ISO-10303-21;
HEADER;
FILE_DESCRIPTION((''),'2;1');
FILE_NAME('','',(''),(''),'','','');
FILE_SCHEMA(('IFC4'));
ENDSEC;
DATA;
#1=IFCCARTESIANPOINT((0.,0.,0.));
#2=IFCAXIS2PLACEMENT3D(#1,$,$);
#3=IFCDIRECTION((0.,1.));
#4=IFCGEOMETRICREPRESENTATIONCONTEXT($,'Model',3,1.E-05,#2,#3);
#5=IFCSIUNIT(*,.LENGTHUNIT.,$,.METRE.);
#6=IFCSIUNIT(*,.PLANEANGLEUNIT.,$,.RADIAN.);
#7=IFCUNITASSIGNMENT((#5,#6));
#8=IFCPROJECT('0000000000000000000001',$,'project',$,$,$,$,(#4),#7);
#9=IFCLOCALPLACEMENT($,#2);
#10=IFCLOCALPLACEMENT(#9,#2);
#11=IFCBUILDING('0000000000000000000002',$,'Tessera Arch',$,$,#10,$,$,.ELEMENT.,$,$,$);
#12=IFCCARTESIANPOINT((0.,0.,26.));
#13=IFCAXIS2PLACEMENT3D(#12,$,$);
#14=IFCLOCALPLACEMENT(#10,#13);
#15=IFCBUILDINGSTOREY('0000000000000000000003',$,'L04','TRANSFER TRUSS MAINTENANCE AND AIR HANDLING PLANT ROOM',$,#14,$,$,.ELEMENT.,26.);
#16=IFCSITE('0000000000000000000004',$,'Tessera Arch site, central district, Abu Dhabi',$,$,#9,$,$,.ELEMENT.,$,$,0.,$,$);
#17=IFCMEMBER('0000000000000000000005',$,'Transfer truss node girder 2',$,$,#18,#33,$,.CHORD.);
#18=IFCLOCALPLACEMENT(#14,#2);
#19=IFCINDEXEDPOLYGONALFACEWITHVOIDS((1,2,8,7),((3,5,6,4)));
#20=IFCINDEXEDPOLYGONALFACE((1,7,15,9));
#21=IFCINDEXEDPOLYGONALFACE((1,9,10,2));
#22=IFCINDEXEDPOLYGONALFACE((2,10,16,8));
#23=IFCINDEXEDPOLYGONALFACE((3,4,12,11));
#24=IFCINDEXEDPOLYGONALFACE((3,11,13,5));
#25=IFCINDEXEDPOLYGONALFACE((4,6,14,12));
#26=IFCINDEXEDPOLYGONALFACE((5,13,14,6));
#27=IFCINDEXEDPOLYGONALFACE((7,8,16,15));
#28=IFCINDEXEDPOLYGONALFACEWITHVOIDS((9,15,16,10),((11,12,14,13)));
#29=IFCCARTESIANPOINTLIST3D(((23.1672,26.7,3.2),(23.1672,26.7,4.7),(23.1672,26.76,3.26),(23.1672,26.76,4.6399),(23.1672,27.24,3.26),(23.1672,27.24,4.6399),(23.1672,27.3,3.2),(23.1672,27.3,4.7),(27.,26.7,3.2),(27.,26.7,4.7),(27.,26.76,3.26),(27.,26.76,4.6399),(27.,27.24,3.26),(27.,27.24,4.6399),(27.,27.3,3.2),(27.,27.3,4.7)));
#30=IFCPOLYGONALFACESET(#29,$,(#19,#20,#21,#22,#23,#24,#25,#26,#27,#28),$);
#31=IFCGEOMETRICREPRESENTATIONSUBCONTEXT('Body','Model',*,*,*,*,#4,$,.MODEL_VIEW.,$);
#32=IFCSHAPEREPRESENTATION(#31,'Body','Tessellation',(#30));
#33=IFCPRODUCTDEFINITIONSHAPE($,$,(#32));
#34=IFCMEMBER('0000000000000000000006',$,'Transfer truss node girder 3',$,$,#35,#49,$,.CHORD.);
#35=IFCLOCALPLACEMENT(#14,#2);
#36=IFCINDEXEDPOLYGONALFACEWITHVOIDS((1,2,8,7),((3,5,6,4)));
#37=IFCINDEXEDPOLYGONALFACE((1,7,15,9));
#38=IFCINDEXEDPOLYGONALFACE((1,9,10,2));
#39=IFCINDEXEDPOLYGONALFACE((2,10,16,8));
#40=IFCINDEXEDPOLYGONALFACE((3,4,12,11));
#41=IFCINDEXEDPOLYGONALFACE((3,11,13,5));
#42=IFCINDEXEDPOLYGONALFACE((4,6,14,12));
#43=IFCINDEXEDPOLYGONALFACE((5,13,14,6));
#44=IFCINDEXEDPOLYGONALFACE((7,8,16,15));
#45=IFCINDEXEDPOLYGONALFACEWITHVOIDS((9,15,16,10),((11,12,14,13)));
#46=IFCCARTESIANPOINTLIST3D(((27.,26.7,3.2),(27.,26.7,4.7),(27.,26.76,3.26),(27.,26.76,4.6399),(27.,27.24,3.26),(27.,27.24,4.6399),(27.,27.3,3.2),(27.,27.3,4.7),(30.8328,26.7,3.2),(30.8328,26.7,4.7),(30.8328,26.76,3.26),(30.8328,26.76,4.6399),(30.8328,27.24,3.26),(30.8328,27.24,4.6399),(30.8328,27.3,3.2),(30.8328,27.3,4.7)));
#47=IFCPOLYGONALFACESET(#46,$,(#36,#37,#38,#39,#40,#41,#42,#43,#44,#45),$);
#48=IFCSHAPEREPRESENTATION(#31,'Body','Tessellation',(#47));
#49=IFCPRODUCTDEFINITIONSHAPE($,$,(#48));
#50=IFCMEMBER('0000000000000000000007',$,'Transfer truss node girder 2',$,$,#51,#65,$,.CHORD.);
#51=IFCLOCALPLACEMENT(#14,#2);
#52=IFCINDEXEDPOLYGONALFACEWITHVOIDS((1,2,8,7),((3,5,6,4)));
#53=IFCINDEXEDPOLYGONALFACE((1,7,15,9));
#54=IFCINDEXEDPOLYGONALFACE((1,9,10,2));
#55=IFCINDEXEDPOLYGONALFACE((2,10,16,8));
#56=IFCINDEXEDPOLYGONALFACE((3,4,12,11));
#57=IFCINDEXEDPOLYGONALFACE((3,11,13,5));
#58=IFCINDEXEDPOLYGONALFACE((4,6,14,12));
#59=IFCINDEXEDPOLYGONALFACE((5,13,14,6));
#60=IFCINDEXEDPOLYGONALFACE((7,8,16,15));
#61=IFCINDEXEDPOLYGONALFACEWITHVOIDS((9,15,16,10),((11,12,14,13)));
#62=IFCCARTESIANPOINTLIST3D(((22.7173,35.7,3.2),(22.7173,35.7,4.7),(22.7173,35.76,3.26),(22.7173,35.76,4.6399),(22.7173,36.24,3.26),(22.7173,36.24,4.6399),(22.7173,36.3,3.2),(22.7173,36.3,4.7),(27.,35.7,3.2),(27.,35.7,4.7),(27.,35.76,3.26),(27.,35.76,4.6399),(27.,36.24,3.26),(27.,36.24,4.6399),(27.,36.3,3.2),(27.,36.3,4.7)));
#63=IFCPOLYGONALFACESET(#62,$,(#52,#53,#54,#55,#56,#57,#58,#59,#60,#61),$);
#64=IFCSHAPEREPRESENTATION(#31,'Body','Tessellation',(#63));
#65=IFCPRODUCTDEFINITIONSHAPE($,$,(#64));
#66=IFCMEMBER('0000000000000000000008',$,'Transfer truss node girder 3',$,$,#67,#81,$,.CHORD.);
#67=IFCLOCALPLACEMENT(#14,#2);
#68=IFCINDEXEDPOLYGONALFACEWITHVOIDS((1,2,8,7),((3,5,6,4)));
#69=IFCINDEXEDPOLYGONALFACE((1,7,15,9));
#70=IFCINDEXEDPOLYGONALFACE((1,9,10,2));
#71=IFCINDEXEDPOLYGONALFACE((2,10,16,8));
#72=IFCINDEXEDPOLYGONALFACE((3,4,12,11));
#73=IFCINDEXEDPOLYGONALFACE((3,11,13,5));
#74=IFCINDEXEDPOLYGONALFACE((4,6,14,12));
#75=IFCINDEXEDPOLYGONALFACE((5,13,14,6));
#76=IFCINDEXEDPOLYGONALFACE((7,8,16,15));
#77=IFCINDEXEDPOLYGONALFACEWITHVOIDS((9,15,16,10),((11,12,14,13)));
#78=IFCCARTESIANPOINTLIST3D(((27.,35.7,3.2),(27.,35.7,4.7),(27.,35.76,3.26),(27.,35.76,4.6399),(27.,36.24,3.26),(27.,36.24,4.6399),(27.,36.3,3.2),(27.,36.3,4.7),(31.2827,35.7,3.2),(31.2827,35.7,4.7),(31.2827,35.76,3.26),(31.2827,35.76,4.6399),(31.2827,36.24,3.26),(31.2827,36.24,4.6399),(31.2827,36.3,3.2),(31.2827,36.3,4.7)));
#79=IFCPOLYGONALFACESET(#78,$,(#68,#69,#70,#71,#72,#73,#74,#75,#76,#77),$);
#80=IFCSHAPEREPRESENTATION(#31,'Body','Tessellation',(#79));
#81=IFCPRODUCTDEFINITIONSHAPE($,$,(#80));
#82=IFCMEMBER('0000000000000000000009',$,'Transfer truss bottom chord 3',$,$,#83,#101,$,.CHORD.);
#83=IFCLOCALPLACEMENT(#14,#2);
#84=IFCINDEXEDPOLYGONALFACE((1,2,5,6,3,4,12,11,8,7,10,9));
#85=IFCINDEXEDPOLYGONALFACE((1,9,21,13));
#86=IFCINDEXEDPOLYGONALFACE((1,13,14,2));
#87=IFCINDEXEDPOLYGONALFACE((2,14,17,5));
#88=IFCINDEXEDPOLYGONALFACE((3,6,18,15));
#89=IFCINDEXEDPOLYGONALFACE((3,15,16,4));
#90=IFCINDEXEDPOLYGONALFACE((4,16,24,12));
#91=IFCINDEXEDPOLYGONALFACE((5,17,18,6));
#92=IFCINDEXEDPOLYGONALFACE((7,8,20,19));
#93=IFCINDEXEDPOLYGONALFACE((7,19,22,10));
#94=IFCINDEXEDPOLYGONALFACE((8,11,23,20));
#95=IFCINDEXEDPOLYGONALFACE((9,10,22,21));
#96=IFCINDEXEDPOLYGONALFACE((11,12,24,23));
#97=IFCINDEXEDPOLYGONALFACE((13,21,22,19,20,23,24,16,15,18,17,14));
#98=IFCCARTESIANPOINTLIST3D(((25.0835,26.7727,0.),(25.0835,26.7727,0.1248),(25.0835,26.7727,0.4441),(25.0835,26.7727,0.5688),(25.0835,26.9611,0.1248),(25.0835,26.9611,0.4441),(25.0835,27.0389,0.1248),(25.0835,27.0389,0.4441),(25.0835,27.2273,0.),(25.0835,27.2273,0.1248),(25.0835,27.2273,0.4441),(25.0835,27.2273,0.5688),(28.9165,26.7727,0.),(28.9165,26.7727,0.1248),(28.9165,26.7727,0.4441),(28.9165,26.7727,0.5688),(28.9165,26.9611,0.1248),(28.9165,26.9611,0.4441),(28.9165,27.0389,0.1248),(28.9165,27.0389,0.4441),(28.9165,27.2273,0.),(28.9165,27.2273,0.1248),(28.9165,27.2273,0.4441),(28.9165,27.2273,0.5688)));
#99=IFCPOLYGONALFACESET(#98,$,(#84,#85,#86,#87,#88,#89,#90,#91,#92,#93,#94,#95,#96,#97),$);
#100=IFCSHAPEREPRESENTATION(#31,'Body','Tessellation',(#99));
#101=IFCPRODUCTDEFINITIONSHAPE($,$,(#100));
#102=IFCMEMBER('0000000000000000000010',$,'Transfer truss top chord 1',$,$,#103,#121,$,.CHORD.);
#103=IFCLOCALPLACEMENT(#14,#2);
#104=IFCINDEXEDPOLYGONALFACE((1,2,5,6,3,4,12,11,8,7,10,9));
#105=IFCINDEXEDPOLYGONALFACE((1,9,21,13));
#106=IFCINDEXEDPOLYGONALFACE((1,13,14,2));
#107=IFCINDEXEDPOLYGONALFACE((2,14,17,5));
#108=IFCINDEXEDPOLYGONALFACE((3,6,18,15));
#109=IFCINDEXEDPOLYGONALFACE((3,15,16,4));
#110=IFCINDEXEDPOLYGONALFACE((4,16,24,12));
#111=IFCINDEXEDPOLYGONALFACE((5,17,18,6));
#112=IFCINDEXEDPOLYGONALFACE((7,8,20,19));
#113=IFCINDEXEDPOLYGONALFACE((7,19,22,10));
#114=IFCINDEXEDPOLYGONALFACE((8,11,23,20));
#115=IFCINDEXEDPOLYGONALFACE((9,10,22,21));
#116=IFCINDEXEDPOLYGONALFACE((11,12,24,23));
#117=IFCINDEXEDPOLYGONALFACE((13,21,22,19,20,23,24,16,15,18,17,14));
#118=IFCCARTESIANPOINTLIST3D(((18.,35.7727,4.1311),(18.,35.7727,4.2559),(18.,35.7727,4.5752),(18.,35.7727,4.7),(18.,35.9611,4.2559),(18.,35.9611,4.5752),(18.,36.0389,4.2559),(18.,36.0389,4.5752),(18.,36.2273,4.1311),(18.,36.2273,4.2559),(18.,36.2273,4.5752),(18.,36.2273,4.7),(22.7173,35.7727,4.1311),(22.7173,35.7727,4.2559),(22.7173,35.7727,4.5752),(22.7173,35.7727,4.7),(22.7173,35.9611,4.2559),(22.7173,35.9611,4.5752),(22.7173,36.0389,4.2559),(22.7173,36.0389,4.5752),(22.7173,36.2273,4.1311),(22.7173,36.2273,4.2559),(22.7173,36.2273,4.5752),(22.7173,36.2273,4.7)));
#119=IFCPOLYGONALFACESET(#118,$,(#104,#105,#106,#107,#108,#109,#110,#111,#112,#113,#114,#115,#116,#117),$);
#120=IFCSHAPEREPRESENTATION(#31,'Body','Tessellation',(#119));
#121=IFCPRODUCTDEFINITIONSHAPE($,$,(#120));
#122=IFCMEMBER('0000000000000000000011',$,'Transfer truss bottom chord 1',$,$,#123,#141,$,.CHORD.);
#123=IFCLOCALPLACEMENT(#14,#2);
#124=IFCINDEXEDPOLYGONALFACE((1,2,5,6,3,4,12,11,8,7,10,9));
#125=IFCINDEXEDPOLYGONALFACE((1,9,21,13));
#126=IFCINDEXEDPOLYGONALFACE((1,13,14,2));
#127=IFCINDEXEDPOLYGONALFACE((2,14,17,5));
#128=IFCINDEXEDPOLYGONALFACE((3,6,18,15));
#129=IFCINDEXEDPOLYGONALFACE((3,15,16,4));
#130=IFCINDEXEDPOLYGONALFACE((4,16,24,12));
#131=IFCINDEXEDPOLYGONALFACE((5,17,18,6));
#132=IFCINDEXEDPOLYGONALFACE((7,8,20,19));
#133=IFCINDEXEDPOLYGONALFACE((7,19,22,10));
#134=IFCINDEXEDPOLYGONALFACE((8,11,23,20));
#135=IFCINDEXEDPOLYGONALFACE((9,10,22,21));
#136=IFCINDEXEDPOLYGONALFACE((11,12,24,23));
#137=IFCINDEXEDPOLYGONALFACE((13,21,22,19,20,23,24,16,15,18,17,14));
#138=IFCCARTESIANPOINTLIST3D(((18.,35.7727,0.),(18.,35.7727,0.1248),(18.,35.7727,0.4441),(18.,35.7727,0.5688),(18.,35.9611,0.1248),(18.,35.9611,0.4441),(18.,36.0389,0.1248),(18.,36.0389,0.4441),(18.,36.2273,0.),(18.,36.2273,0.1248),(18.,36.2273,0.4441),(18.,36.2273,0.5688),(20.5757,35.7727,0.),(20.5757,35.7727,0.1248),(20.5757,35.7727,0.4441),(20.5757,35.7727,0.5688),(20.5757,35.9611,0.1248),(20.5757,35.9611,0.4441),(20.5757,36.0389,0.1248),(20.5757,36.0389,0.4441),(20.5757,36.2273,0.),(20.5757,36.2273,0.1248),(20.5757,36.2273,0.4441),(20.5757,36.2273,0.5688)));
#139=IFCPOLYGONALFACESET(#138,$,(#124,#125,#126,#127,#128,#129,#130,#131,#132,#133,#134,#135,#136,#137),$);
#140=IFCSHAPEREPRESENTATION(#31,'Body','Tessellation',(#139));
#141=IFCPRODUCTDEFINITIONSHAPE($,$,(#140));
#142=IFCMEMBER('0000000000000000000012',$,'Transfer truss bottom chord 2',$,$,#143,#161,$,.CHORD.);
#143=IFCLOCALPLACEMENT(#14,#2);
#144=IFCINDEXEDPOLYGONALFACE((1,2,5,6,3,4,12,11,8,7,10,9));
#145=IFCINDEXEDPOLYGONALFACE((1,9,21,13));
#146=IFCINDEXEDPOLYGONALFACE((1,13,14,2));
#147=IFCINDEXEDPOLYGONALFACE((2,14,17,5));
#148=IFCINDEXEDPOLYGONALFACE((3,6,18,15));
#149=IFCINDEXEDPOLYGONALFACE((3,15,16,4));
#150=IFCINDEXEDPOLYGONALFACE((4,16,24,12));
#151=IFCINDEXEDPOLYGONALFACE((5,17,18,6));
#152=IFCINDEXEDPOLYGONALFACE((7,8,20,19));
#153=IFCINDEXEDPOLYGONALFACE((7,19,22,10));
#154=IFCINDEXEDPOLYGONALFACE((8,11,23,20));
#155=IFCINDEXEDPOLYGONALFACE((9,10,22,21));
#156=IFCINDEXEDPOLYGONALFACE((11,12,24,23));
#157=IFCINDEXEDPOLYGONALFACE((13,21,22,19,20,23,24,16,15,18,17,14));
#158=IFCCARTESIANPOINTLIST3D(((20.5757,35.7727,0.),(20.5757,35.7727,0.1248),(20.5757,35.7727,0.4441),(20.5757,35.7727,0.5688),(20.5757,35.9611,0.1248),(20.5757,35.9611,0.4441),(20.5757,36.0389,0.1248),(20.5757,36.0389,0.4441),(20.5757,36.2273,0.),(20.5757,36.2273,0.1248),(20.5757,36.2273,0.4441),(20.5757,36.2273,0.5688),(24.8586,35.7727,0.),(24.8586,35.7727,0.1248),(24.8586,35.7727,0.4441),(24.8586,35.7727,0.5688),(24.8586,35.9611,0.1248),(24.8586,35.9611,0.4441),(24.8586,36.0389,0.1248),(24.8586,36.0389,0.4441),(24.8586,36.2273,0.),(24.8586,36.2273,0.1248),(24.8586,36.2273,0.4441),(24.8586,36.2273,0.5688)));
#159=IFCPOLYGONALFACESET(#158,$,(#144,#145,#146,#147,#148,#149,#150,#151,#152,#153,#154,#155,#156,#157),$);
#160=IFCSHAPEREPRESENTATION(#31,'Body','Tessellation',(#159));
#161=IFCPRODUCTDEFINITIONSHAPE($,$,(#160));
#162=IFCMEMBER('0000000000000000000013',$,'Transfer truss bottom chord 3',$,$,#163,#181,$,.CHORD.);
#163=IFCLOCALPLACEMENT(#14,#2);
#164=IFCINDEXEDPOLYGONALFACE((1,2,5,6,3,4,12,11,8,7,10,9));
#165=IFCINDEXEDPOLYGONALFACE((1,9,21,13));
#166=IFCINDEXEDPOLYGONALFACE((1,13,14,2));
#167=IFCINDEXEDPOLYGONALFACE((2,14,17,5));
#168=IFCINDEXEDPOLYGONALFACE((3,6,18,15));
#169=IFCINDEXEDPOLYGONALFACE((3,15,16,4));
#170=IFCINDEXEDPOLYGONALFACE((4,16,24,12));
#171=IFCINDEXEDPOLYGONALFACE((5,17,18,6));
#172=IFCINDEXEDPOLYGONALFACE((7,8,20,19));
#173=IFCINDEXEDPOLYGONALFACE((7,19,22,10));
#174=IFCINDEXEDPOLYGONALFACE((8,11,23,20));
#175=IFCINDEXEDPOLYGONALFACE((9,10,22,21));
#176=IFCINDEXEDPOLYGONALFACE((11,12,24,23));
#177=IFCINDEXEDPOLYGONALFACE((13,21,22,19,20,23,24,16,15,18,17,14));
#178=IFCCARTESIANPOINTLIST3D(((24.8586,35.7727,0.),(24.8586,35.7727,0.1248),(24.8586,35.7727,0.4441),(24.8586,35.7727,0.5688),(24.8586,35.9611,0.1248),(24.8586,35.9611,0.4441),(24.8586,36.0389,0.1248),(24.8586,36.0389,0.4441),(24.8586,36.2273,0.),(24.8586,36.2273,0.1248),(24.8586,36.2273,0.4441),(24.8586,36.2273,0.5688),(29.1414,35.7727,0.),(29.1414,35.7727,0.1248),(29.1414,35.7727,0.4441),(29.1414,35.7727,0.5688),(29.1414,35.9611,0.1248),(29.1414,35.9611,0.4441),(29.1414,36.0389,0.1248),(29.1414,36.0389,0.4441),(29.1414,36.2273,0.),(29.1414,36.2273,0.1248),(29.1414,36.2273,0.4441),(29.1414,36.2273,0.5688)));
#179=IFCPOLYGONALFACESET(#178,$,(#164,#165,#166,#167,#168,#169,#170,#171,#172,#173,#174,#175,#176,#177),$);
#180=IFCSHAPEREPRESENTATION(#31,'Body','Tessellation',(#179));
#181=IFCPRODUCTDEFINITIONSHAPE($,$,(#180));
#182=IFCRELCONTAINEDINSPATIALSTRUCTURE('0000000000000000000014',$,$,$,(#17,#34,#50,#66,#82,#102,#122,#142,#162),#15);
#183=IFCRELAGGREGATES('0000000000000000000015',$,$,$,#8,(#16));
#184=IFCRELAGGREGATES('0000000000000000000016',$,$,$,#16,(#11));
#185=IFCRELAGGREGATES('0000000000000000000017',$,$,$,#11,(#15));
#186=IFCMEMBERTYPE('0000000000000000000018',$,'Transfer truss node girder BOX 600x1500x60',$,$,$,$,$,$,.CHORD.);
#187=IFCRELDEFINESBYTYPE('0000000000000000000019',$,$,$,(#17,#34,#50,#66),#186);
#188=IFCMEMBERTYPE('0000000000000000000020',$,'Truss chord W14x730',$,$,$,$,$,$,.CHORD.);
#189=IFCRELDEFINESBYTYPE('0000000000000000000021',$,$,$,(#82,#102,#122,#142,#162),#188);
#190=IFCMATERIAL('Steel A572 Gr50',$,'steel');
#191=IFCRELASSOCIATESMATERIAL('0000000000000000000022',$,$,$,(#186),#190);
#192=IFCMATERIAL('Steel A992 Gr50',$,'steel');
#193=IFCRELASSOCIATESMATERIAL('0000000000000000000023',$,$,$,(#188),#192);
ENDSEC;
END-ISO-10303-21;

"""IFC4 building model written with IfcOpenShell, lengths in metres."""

from ifc_helpers import new_model, si_unit, direction, frame, origin, origin_2d, place, context, subcontext, project, spatial, hollow_rectangle, i_section, extrude, material, material_profile, profile_set, type_object, element, save


model = new_model("IFC4")

# Units and contexts
model_context = context("Model", 3, precision=1e-05, world=origin(), true_north=direction((0.0, 1.0)))
body_context = subcontext(model_context, "Body", "Model", "MODEL_VIEW")
ifc_project = project(units=[si_unit("LENGTHUNIT", "METRE"), si_unit("PLANEANGLEUNIT", "RADIAN")], contexts=[model_context])

# Site, building, storey
site_placement = place(None, origin())
site = spatial("IfcSite", under=ifc_project, at=site_placement, Name="Tessera Arch site, central district, Abu Dhabi", CompositionType="ELEMENT", RefElevation=0.0)
building_placement = place(site_placement, origin())
building = spatial("IfcBuilding", under=site, at=building_placement, Name="Tessera Arch", CompositionType="ELEMENT")
storey_placement = place(building_placement, frame((0.0, 0.0, 26.0)))
storey = spatial("IfcBuildingStorey", under=building, at=storey_placement, Name="L04", Description="TRANSFER TRUSS MAINTENANCE AND AIR HANDLING PLANT ROOM", CompositionType="ELEMENT", Elevation=26.0)

# Members
ifc_material_1 = material(Name="Steel A572 Gr50", Category="steel")
ifc_material_profile_1 = material_profile(ifc_material_1, hollow_rectangle(XDim=0.6001, YDim=1.5, WallThickness=0.0601, at=origin_2d()), Name="BOX 600x1500x60")
ifc_profile_set_1 = profile_set([ifc_material_profile_1], Name="Steel A572 Gr50")
member_type_1 = type_object("IfcMemberType", Name="Transfer truss node girder BOX 600x1500x60", PredefinedType="CHORD", material=ifc_profile_set_1)
for number, where, z_axis, x_axis, name in (
    (1, (23.1672, 27.0, 3.95), (1.0, 0.0, 0.0), (0.0, 1.0, 0.0), "Transfer truss node girder 2"),
    (2, (27.0, 27.0, 3.95), (1.0, 0.0, 0.0), (0.0, 1.0, 0.0), "Transfer truss node girder 3"),
):
    element("IfcMember", number, at=place(storey_placement, frame(where, z_axis=z_axis, x_axis=x_axis)), inside=storey, type_object=member_type_1, Name=name, PredefinedType="CHORD", context=body_context, shape_type="SweptSolid", body=[
        extrude(hollow_rectangle(XDim=0.6001, YDim=1.5, WallThickness=0.0601, at=origin_2d()), origin(), (0.0, 0.0, 1.0), 3.8328),
    ])
for number, where, z_axis, x_axis, name in (
    (3, (22.7173, 36.0, 3.95), (1.0, 0.0, 0.0), (0.0, 1.0, 0.0), "Transfer truss node girder 2"),
    (4, (27.0, 36.0, 3.95), (1.0, 0.0, 0.0), (0.0, 1.0, 0.0), "Transfer truss node girder 3"),
):
    element("IfcMember", number, at=place(storey_placement, frame(where, z_axis=z_axis, x_axis=x_axis)), inside=storey, type_object=member_type_1, Name=name, PredefinedType="CHORD", context=body_context, shape_type="SweptSolid", body=[
        extrude(hollow_rectangle(XDim=0.6001, YDim=1.5, WallThickness=0.0601, at=origin_2d()), origin(), (0.0, 0.0, 1.0), 4.2827),
    ])
ifc_material_2 = material(Name="Steel A992 Gr50", Category="steel")
ifc_material_profile_2 = material_profile(ifc_material_2, i_section(OverallWidth=0.4546, OverallDepth=0.5688, WebThickness=0.0779, FlangeThickness=0.1248, at=origin_2d()), Name="W14x730")
ifc_profile_set_2 = profile_set([ifc_material_profile_2], Name="Steel A992 Gr50")
member_type_2 = type_object("IfcMemberType", Name="Truss chord W14x730", PredefinedType="CHORD", material=ifc_profile_set_2)
member_1_placement = place(storey_placement, frame((25.0835, 27.0, 0.2844), z_axis=(1.0, 0.0, 0.0), x_axis=(0.0, 1.0, 0.0)))
element("IfcMember", 5, at=member_1_placement, inside=storey, type_object=member_type_2, Name="Transfer truss bottom chord 3", PredefinedType="CHORD", context=body_context, shape_type="SweptSolid", body=[
    extrude(i_section(OverallWidth=0.4546, OverallDepth=0.5688, WebThickness=0.0779, FlangeThickness=0.1248, at=origin_2d()), origin(), (0.0, 0.0, 1.0), 3.833),
])
member_2_placement = place(storey_placement, frame((18.0, 36.0, 4.4155), z_axis=(1.0, 0.0, 0.0), x_axis=(0.0, 1.0, 0.0)))
element("IfcMember", 6, at=member_2_placement, inside=storey, type_object=member_type_2, Name="Transfer truss top chord 1", PredefinedType="CHORD", context=body_context, shape_type="SweptSolid", body=[
    extrude(i_section(OverallWidth=0.4546, OverallDepth=0.5688, WebThickness=0.0779, FlangeThickness=0.1248, at=origin_2d()), origin(), (0.0, 0.0, 1.0), 4.7173),
])
member_3_placement = place(storey_placement, frame((18.0, 36.0, 0.2844), z_axis=(1.0, 0.0, 0.0), x_axis=(0.0, 1.0, 0.0)))
element("IfcMember", 7, at=member_3_placement, inside=storey, type_object=member_type_2, Name="Transfer truss bottom chord 1", PredefinedType="CHORD", context=body_context, shape_type="SweptSolid", body=[
    extrude(i_section(OverallWidth=0.4546, OverallDepth=0.5688, WebThickness=0.0779, FlangeThickness=0.1248, at=origin_2d()), origin(), (0.0, 0.0, 1.0), 2.5757),
])
member_4_placement = place(storey_placement, frame((20.5757, 36.0, 0.2844), z_axis=(1.0, 0.0, 0.0), x_axis=(0.0, 1.0, 0.0)))
element("IfcMember", 8, at=member_4_placement, inside=storey, type_object=member_type_2, Name="Transfer truss bottom chord 2", PredefinedType="CHORD", context=body_context, shape_type="SweptSolid", body=[
    extrude(i_section(OverallWidth=0.4546, OverallDepth=0.5688, WebThickness=0.0779, FlangeThickness=0.1248, at=origin_2d()), origin(), (0.0, 0.0, 1.0), 4.283),
])
member_5_placement = place(storey_placement, frame((24.8586, 36.0, 0.2844), z_axis=(1.0, 0.0, 0.0), x_axis=(0.0, 1.0, 0.0)))
element("IfcMember", 9, at=member_5_placement, inside=storey, type_object=member_type_2, Name="Transfer truss bottom chord 3", PredefinedType="CHORD", context=body_context, shape_type="SweptSolid", body=[
    extrude(i_section(OverallWidth=0.4546, OverallDepth=0.5688, WebThickness=0.0779, FlangeThickness=0.1248, at=origin_2d()), origin(), (0.0, 0.0, 1.0), 4.2827),
])

save(model, "model.ifc")
